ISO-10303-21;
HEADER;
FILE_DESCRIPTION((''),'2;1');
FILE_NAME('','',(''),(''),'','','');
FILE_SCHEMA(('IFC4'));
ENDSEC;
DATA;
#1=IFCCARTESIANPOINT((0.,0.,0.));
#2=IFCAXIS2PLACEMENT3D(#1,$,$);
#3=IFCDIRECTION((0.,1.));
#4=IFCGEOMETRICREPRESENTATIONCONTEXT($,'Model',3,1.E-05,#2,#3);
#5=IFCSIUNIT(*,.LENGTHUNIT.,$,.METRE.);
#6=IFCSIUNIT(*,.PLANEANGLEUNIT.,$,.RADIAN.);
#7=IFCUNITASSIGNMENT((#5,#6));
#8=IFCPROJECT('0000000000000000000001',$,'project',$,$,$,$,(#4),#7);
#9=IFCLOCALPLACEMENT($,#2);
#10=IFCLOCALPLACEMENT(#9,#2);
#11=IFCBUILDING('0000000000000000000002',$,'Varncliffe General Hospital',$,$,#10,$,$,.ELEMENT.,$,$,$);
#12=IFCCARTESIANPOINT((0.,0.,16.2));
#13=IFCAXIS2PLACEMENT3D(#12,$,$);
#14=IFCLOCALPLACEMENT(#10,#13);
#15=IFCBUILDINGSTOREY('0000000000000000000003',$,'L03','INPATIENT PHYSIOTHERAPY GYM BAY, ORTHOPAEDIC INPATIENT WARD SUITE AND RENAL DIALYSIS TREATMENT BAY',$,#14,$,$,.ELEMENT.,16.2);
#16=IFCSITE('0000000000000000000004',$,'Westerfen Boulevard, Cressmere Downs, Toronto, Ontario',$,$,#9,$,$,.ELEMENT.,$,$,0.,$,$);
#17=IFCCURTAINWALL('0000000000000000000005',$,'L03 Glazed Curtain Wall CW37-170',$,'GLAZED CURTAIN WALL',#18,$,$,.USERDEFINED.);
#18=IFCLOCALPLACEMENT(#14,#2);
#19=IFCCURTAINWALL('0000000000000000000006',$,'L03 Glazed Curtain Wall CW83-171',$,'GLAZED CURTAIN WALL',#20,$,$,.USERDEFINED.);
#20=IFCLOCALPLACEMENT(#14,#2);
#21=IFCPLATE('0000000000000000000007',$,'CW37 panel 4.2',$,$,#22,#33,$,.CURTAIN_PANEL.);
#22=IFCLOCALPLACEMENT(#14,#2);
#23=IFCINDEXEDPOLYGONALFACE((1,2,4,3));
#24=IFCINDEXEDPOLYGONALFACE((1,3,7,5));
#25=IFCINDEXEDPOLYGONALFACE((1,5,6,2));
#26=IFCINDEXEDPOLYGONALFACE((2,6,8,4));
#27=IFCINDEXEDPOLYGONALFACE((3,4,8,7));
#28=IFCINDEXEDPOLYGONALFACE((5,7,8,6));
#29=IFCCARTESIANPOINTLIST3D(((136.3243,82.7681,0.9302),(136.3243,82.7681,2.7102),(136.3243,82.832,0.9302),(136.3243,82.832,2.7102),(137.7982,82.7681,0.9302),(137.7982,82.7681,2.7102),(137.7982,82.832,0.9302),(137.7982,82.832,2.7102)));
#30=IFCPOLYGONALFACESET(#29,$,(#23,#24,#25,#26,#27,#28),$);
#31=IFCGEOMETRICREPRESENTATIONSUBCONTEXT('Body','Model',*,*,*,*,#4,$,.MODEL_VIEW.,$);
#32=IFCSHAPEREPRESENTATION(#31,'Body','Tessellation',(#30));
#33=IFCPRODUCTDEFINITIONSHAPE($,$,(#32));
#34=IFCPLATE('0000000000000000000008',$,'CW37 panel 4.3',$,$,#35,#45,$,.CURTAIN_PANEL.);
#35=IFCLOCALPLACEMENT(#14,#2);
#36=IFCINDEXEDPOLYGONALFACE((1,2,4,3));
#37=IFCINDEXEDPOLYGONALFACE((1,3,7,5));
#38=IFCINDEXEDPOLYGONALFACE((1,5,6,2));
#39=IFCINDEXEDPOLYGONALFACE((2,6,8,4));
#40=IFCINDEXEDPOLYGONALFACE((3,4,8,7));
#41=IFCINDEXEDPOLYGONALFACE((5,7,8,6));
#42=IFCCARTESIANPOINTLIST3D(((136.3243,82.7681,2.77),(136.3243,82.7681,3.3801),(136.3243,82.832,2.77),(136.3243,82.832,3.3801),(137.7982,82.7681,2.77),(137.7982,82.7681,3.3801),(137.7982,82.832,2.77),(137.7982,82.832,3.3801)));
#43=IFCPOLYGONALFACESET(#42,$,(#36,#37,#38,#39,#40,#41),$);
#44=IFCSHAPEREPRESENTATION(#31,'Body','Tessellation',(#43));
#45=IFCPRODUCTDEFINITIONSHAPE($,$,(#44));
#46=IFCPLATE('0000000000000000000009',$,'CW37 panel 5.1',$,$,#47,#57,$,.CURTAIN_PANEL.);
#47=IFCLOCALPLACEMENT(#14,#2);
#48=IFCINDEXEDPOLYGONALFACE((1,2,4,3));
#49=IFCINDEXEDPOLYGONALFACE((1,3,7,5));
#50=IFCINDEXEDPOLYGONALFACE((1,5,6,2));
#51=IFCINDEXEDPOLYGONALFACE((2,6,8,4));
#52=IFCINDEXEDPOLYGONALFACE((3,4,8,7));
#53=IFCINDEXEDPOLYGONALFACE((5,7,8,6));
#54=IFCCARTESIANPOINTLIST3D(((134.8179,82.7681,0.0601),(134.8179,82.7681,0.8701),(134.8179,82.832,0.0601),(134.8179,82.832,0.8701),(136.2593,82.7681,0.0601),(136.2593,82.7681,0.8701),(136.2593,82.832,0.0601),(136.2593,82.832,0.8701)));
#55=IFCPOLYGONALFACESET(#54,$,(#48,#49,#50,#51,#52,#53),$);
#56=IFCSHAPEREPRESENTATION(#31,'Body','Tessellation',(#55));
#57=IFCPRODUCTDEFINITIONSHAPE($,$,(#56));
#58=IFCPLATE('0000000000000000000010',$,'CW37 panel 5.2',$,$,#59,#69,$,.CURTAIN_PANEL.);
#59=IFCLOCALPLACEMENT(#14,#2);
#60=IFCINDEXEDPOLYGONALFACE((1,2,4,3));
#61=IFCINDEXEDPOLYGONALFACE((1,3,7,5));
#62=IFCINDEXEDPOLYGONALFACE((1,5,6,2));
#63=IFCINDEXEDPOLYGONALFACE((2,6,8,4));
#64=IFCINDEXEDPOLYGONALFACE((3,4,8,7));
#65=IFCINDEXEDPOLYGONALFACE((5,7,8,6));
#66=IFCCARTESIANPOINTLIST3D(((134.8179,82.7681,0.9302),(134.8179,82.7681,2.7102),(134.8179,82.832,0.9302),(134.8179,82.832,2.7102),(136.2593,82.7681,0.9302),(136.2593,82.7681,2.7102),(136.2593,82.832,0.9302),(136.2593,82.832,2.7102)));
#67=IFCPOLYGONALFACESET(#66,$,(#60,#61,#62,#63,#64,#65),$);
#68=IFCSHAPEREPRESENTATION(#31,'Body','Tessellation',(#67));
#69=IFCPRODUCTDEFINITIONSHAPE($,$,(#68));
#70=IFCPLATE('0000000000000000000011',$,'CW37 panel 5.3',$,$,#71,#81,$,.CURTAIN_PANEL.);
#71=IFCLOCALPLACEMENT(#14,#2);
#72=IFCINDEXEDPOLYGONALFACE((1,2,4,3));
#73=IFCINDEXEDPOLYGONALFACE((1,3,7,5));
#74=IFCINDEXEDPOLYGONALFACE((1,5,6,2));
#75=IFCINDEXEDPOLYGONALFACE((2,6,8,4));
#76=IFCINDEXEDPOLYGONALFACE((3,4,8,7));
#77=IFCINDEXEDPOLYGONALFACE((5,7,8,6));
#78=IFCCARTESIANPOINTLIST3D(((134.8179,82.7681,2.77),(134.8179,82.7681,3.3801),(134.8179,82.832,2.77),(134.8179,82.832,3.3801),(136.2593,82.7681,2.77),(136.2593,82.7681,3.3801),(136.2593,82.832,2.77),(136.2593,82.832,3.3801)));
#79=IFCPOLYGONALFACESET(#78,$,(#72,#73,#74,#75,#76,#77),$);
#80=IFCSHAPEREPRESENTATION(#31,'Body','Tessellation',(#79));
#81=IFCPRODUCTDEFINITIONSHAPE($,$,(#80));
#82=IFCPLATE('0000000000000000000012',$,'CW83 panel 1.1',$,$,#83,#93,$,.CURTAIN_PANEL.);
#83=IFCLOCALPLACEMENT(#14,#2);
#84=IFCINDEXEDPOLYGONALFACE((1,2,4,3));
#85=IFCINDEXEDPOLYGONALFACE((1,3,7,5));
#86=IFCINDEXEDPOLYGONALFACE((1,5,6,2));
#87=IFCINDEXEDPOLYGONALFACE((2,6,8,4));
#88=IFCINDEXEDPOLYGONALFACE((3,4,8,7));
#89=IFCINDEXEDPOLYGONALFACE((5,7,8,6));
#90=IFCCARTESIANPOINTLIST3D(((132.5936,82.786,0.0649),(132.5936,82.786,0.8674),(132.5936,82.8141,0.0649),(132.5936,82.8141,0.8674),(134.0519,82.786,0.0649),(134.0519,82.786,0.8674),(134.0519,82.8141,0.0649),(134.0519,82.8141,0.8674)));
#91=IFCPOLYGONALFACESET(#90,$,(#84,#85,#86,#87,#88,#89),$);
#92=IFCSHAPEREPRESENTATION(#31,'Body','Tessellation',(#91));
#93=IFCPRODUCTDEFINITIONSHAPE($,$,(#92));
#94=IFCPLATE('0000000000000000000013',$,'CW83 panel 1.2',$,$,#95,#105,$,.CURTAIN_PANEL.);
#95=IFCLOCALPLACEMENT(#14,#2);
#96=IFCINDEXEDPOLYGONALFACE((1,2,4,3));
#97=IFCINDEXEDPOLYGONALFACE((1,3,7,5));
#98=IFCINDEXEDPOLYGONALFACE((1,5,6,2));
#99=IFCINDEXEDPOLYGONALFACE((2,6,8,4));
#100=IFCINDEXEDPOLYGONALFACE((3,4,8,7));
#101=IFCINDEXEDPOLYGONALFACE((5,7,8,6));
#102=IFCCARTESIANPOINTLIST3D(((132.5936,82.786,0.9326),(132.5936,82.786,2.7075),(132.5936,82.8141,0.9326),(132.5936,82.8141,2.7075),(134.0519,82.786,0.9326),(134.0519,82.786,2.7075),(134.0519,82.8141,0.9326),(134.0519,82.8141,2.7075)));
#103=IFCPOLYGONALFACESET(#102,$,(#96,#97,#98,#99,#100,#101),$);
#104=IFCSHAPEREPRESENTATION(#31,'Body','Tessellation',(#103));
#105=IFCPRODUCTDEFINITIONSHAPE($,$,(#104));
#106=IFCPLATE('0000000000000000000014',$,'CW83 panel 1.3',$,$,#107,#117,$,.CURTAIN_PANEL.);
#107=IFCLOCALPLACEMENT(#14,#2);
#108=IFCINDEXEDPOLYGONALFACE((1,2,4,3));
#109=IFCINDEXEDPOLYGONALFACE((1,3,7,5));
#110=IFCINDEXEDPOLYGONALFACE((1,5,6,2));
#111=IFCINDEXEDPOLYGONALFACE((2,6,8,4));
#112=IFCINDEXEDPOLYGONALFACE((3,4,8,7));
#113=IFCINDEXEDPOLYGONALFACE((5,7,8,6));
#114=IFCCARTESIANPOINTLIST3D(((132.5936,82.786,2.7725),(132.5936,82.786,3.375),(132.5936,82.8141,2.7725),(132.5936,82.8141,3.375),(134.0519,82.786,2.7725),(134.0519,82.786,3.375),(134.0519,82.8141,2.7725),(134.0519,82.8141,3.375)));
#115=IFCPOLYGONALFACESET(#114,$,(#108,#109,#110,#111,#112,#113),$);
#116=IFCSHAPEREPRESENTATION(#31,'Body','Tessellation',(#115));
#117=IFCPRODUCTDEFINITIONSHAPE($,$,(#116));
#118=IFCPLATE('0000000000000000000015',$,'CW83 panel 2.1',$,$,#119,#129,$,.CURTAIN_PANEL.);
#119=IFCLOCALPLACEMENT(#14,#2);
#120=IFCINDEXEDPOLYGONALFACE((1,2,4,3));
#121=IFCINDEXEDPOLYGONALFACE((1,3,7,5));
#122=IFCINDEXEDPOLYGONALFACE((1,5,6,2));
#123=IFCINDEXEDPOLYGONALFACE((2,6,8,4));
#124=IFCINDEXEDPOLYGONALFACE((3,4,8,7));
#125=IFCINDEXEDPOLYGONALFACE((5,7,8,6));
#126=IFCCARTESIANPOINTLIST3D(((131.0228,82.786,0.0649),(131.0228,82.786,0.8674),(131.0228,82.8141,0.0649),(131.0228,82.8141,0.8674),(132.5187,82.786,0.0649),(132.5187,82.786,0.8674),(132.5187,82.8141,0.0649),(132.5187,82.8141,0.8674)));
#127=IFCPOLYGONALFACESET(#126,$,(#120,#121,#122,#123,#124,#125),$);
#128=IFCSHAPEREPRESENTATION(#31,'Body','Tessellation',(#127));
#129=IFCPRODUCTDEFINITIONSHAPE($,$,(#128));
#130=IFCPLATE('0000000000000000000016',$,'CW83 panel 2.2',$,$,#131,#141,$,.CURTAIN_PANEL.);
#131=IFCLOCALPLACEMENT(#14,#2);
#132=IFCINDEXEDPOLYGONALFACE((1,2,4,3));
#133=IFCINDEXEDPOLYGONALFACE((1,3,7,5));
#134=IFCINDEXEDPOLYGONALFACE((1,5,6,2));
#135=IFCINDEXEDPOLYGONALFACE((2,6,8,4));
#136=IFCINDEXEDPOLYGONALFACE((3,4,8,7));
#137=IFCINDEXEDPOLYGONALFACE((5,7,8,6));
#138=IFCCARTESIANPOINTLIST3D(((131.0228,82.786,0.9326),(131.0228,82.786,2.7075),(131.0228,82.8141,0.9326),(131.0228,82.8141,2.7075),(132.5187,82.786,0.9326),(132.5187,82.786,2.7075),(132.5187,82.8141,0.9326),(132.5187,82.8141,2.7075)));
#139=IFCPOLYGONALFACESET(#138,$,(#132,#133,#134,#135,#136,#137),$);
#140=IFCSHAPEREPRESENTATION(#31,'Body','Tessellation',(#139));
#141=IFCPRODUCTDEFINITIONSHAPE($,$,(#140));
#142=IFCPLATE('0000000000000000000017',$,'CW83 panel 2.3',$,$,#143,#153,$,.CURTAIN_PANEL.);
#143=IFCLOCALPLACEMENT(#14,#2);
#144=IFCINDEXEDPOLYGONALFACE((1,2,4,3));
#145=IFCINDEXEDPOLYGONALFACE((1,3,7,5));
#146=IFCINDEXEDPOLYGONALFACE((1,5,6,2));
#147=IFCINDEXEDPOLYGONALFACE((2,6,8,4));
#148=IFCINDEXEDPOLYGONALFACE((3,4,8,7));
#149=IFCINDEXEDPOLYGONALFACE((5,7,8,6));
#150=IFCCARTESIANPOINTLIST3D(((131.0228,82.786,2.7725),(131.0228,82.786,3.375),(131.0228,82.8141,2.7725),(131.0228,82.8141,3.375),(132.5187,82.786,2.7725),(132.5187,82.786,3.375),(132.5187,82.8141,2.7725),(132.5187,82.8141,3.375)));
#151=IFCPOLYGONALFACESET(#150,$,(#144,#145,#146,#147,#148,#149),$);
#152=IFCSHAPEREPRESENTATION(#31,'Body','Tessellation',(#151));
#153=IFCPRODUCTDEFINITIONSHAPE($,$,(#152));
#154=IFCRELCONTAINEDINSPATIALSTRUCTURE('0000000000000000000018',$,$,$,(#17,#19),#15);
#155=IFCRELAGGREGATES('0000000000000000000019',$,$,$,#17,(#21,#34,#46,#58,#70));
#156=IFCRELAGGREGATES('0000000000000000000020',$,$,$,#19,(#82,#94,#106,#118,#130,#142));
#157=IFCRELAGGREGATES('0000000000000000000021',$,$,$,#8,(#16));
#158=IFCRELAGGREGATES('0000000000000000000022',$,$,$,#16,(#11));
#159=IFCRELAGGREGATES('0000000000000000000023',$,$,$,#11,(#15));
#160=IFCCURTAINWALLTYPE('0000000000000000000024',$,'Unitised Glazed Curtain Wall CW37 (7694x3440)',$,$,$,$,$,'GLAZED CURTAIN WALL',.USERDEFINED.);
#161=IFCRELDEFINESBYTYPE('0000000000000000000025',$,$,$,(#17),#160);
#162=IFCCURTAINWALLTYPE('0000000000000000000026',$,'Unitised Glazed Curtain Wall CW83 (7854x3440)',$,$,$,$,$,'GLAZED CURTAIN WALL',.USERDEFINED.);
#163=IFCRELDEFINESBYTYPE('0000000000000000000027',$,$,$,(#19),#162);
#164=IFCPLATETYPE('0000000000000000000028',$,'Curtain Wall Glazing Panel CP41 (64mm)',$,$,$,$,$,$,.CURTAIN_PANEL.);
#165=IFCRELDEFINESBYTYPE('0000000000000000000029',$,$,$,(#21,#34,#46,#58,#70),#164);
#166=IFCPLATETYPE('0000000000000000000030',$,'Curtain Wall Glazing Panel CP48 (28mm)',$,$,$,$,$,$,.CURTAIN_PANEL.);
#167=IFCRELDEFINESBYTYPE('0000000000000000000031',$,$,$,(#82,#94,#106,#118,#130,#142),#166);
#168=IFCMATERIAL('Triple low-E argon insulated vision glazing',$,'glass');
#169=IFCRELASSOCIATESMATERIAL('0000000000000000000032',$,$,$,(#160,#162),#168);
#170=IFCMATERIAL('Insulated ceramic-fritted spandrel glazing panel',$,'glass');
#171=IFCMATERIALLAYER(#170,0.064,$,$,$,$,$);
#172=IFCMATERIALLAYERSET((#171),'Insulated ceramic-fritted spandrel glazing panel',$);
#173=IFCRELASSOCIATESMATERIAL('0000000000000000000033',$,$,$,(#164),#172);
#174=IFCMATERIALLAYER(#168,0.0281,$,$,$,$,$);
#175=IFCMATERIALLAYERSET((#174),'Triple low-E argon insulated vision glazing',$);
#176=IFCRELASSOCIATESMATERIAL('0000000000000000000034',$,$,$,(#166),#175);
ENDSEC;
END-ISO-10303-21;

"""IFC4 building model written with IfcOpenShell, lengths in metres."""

from ifc_helpers import new_model, si_unit, direction, frame, origin, origin_2d, place, context, subcontext, project, spatial, rectangle, extrude, material, layer, layer_set, type_object, element, aggregate, save


model = new_model("IFC4")

# Units and contexts
model_context = context("Model", 3, precision=1e-05, world=origin(), true_north=direction((0.0, 1.0)))
body_context = subcontext(model_context, "Body", "Model", "MODEL_VIEW")
ifc_project = project(units=[si_unit("LENGTHUNIT", "METRE"), si_unit("PLANEANGLEUNIT", "RADIAN")], contexts=[model_context])

# Site, building, storey
site_placement = place(None, origin())
site = spatial("IfcSite", under=ifc_project, at=site_placement, Name="Westerfen Boulevard, Cressmere Downs, Toronto, Ontario", CompositionType="ELEMENT", RefElevation=0.0)
building_placement = place(site_placement, origin())
building = spatial("IfcBuilding", under=site, at=building_placement, Name="Varncliffe General Hospital", CompositionType="ELEMENT")
storey_placement = place(building_placement, frame((0.0, 0.0, 16.2)))
storey = spatial("IfcBuildingStorey", under=building, at=storey_placement, Name="L03", Description="INPATIENT PHYSIOTHERAPY GYM BAY, ORTHOPAEDIC INPATIENT WARD SUITE AND RENAL DIALYSIS TREATMENT BAY", CompositionType="ELEMENT", Elevation=16.2)

# Curtain walls
ifc_material_1 = material(Name="Triple low-E argon insulated vision glazing", Category="glass")
curtain_wall_type_1 = type_object("IfcCurtainWallType", Name="Unitised Glazed Curtain Wall CW37 (7694x3440)", ElementType="GLAZED CURTAIN WALL", PredefinedType="USERDEFINED", material=ifc_material_1)
curtain_wall_1_placement = place(storey_placement, origin())
curtain_wall_1 = element("IfcCurtainWall", 1, at=curtain_wall_1_placement, inside=storey, type_object=curtain_wall_type_1, Name="L03 Glazed Curtain Wall CW37-170", ObjectType="GLAZED CURTAIN WALL", PredefinedType="USERDEFINED")
curtain_wall_type_2 = type_object("IfcCurtainWallType", Name="Unitised Glazed Curtain Wall CW83 (7854x3440)", ElementType="GLAZED CURTAIN WALL", PredefinedType="USERDEFINED", material=ifc_material_1)
curtain_wall_2_placement = place(storey_placement, origin())
curtain_wall_2 = element("IfcCurtainWall", 2, at=curtain_wall_2_placement, inside=storey, type_object=curtain_wall_type_2, Name="L03 Glazed Curtain Wall CW83-171", ObjectType="GLAZED CURTAIN WALL", PredefinedType="USERDEFINED")

# Plates
ifc_material_2 = material(Name="Insulated ceramic-fritted spandrel glazing panel", Category="glass")
ifc_layer_1 = layer(ifc_material_2, 0.064)
ifc_layer_set_1 = layer_set([ifc_layer_1], Name="Insulated ceramic-fritted spandrel glazing panel")
plate_type_1 = type_object("IfcPlateType", Name="Curtain Wall Glazing Panel CP41 (64mm)", PredefinedType="CURTAIN_PANEL", material=ifc_layer_set_1)
plate_1_placement = place(storey_placement, frame((137.0613, 82.8, 0.9302), z_axis=(0.0, 0.0, 1.0), x_axis=(-1.0, 0.0, 0.0)))
plate_1 = element("IfcPlate", 3, at=plate_1_placement, type_object=plate_type_1, Name="CW37 panel 4.2", PredefinedType="CURTAIN_PANEL", context=body_context, shape_type="SweptSolid", body=[
    extrude(rectangle(XDim=1.4739, YDim=0.064, at=origin_2d()), origin(), (0.0, 0.0, 1.0), 1.78),
])
plate_2_placement = place(storey_placement, frame((137.0613, 82.8, 2.77), z_axis=(0.0, 0.0, 1.0), x_axis=(-1.0, 0.0, 0.0)))
plate_2 = element("IfcPlate", 4, at=plate_2_placement, type_object=plate_type_1, Name="CW37 panel 4.3", PredefinedType="CURTAIN_PANEL", context=body_context, shape_type="SweptSolid", body=[
    extrude(rectangle(XDim=1.4739, YDim=0.064, at=origin_2d()), origin(), (0.0, 0.0, 1.0), 0.6101),
])
plate_3_placement = place(storey_placement, frame((135.5386, 82.8, 0.0601), z_axis=(0.0, 0.0, 1.0), x_axis=(-1.0, 0.0, 0.0)))
plate_3 = element("IfcPlate", 5, at=plate_3_placement, type_object=plate_type_1, Name="CW37 panel 5.1", PredefinedType="CURTAIN_PANEL", context=body_context, shape_type="SweptSolid", body=[
    extrude(rectangle(XDim=1.4414, YDim=0.064, at=origin_2d()), origin(), (0.0, 0.0, 1.0), 0.8101),
])
plate_4_placement = place(storey_placement, frame((135.5386, 82.8, 0.9302), z_axis=(0.0, 0.0, 1.0), x_axis=(-1.0, 0.0, 0.0)))
plate_4 = element("IfcPlate", 6, at=plate_4_placement, type_object=plate_type_1, Name="CW37 panel 5.2", PredefinedType="CURTAIN_PANEL", context=body_context, shape_type="SweptSolid", body=[
    extrude(rectangle(XDim=1.4414, YDim=0.064, at=origin_2d()), origin(), (0.0, 0.0, 1.0), 1.78),
])
plate_5_placement = place(storey_placement, frame((135.5386, 82.8, 2.77), z_axis=(0.0, 0.0, 1.0), x_axis=(-1.0, 0.0, 0.0)))
plate_5 = element("IfcPlate", 7, at=plate_5_placement, type_object=plate_type_1, Name="CW37 panel 5.3", PredefinedType="CURTAIN_PANEL", context=body_context, shape_type="SweptSolid", body=[
    extrude(rectangle(XDim=1.4414, YDim=0.064, at=origin_2d()), origin(), (0.0, 0.0, 1.0), 0.6101),
])
aggregate(curtain_wall_1, [plate_1, plate_2, plate_3, plate_4, plate_5])
ifc_layer_2 = layer(ifc_material_1, 0.0281)
ifc_layer_set_2 = layer_set([ifc_layer_2], Name="Triple low-E argon insulated vision glazing")
plate_type_2 = type_object("IfcPlateType", Name="Curtain Wall Glazing Panel CP48 (28mm)", PredefinedType="CURTAIN_PANEL", material=ifc_layer_set_2)
plate_6_placement = place(storey_placement, frame((133.3228, 82.8, 0.0649), z_axis=(0.0, 0.0, 1.0), x_axis=(-1.0, 0.0, 0.0)))
plate_6 = element("IfcPlate", 8, at=plate_6_placement, type_object=plate_type_2, Name="CW83 panel 1.1", PredefinedType="CURTAIN_PANEL", context=body_context, shape_type="SweptSolid", body=[
    extrude(rectangle(XDim=1.4583, YDim=0.0281, at=origin_2d()), origin(), (0.0, 0.0, 1.0), 0.8025),
])
plate_7_placement = place(storey_placement, frame((133.3228, 82.8, 0.9326), z_axis=(0.0, 0.0, 1.0), x_axis=(-1.0, 0.0, 0.0)))
plate_7 = element("IfcPlate", 9, at=plate_7_placement, type_object=plate_type_2, Name="CW83 panel 1.2", PredefinedType="CURTAIN_PANEL", context=body_context, shape_type="SweptSolid", body=[
    extrude(rectangle(XDim=1.4583, YDim=0.0281, at=origin_2d()), origin(), (0.0, 0.0, 1.0), 1.7749),
])
plate_8_placement = place(storey_placement, frame((133.3228, 82.8, 2.7725), z_axis=(0.0, 0.0, 1.0), x_axis=(-1.0, 0.0, 0.0)))
plate_8 = element("IfcPlate", 10, at=plate_8_placement, type_object=plate_type_2, Name="CW83 panel 1.3", PredefinedType="CURTAIN_PANEL", context=body_context, shape_type="SweptSolid", body=[
    extrude(rectangle(XDim=1.4583, YDim=0.0281, at=origin_2d()), origin(), (0.0, 0.0, 1.0), 0.6025),
])
plate_9_placement = place(storey_placement, frame((131.7708, 82.8, 0.0649), z_axis=(0.0, 0.0, 1.0), x_axis=(-1.0, 0.0, 0.0)))
plate_9 = element("IfcPlate", 11, at=plate_9_placement, type_object=plate_type_2, Name="CW83 panel 2.1", PredefinedType="CURTAIN_PANEL", context=body_context, shape_type="SweptSolid", body=[
    extrude(rectangle(XDim=1.4958, YDim=0.0281, at=origin_2d()), origin(), (0.0, 0.0, 1.0), 0.8025),
])
plate_10_placement = place(storey_placement, frame((131.7708, 82.8, 0.9326), z_axis=(0.0, 0.0, 1.0), x_axis=(-1.0, 0.0, 0.0)))
plate_10 = element("IfcPlate", 12, at=plate_10_placement, type_object=plate_type_2, Name="CW83 panel 2.2", PredefinedType="CURTAIN_PANEL", context=body_context, shape_type="SweptSolid", body=[
    extrude(rectangle(XDim=1.4958, YDim=0.0281, at=origin_2d()), origin(), (0.0, 0.0, 1.0), 1.7749),
])
plate_11_placement = place(storey_placement, frame((131.7708, 82.8, 2.7725), z_axis=(0.0, 0.0, 1.0), x_axis=(-1.0, 0.0, 0.0)))
plate_11 = element("IfcPlate", 13, at=plate_11_placement, type_object=plate_type_2, Name="CW83 panel 2.3", PredefinedType="CURTAIN_PANEL", context=body_context, shape_type="SweptSolid", body=[
    extrude(rectangle(XDim=1.4958, YDim=0.0281, at=origin_2d()), origin(), (0.0, 0.0, 1.0), 0.6025),
])
aggregate(curtain_wall_2, [plate_6, plate_7, plate_8, plate_9, plate_10, plate_11])

save(model, "model.ifc")
